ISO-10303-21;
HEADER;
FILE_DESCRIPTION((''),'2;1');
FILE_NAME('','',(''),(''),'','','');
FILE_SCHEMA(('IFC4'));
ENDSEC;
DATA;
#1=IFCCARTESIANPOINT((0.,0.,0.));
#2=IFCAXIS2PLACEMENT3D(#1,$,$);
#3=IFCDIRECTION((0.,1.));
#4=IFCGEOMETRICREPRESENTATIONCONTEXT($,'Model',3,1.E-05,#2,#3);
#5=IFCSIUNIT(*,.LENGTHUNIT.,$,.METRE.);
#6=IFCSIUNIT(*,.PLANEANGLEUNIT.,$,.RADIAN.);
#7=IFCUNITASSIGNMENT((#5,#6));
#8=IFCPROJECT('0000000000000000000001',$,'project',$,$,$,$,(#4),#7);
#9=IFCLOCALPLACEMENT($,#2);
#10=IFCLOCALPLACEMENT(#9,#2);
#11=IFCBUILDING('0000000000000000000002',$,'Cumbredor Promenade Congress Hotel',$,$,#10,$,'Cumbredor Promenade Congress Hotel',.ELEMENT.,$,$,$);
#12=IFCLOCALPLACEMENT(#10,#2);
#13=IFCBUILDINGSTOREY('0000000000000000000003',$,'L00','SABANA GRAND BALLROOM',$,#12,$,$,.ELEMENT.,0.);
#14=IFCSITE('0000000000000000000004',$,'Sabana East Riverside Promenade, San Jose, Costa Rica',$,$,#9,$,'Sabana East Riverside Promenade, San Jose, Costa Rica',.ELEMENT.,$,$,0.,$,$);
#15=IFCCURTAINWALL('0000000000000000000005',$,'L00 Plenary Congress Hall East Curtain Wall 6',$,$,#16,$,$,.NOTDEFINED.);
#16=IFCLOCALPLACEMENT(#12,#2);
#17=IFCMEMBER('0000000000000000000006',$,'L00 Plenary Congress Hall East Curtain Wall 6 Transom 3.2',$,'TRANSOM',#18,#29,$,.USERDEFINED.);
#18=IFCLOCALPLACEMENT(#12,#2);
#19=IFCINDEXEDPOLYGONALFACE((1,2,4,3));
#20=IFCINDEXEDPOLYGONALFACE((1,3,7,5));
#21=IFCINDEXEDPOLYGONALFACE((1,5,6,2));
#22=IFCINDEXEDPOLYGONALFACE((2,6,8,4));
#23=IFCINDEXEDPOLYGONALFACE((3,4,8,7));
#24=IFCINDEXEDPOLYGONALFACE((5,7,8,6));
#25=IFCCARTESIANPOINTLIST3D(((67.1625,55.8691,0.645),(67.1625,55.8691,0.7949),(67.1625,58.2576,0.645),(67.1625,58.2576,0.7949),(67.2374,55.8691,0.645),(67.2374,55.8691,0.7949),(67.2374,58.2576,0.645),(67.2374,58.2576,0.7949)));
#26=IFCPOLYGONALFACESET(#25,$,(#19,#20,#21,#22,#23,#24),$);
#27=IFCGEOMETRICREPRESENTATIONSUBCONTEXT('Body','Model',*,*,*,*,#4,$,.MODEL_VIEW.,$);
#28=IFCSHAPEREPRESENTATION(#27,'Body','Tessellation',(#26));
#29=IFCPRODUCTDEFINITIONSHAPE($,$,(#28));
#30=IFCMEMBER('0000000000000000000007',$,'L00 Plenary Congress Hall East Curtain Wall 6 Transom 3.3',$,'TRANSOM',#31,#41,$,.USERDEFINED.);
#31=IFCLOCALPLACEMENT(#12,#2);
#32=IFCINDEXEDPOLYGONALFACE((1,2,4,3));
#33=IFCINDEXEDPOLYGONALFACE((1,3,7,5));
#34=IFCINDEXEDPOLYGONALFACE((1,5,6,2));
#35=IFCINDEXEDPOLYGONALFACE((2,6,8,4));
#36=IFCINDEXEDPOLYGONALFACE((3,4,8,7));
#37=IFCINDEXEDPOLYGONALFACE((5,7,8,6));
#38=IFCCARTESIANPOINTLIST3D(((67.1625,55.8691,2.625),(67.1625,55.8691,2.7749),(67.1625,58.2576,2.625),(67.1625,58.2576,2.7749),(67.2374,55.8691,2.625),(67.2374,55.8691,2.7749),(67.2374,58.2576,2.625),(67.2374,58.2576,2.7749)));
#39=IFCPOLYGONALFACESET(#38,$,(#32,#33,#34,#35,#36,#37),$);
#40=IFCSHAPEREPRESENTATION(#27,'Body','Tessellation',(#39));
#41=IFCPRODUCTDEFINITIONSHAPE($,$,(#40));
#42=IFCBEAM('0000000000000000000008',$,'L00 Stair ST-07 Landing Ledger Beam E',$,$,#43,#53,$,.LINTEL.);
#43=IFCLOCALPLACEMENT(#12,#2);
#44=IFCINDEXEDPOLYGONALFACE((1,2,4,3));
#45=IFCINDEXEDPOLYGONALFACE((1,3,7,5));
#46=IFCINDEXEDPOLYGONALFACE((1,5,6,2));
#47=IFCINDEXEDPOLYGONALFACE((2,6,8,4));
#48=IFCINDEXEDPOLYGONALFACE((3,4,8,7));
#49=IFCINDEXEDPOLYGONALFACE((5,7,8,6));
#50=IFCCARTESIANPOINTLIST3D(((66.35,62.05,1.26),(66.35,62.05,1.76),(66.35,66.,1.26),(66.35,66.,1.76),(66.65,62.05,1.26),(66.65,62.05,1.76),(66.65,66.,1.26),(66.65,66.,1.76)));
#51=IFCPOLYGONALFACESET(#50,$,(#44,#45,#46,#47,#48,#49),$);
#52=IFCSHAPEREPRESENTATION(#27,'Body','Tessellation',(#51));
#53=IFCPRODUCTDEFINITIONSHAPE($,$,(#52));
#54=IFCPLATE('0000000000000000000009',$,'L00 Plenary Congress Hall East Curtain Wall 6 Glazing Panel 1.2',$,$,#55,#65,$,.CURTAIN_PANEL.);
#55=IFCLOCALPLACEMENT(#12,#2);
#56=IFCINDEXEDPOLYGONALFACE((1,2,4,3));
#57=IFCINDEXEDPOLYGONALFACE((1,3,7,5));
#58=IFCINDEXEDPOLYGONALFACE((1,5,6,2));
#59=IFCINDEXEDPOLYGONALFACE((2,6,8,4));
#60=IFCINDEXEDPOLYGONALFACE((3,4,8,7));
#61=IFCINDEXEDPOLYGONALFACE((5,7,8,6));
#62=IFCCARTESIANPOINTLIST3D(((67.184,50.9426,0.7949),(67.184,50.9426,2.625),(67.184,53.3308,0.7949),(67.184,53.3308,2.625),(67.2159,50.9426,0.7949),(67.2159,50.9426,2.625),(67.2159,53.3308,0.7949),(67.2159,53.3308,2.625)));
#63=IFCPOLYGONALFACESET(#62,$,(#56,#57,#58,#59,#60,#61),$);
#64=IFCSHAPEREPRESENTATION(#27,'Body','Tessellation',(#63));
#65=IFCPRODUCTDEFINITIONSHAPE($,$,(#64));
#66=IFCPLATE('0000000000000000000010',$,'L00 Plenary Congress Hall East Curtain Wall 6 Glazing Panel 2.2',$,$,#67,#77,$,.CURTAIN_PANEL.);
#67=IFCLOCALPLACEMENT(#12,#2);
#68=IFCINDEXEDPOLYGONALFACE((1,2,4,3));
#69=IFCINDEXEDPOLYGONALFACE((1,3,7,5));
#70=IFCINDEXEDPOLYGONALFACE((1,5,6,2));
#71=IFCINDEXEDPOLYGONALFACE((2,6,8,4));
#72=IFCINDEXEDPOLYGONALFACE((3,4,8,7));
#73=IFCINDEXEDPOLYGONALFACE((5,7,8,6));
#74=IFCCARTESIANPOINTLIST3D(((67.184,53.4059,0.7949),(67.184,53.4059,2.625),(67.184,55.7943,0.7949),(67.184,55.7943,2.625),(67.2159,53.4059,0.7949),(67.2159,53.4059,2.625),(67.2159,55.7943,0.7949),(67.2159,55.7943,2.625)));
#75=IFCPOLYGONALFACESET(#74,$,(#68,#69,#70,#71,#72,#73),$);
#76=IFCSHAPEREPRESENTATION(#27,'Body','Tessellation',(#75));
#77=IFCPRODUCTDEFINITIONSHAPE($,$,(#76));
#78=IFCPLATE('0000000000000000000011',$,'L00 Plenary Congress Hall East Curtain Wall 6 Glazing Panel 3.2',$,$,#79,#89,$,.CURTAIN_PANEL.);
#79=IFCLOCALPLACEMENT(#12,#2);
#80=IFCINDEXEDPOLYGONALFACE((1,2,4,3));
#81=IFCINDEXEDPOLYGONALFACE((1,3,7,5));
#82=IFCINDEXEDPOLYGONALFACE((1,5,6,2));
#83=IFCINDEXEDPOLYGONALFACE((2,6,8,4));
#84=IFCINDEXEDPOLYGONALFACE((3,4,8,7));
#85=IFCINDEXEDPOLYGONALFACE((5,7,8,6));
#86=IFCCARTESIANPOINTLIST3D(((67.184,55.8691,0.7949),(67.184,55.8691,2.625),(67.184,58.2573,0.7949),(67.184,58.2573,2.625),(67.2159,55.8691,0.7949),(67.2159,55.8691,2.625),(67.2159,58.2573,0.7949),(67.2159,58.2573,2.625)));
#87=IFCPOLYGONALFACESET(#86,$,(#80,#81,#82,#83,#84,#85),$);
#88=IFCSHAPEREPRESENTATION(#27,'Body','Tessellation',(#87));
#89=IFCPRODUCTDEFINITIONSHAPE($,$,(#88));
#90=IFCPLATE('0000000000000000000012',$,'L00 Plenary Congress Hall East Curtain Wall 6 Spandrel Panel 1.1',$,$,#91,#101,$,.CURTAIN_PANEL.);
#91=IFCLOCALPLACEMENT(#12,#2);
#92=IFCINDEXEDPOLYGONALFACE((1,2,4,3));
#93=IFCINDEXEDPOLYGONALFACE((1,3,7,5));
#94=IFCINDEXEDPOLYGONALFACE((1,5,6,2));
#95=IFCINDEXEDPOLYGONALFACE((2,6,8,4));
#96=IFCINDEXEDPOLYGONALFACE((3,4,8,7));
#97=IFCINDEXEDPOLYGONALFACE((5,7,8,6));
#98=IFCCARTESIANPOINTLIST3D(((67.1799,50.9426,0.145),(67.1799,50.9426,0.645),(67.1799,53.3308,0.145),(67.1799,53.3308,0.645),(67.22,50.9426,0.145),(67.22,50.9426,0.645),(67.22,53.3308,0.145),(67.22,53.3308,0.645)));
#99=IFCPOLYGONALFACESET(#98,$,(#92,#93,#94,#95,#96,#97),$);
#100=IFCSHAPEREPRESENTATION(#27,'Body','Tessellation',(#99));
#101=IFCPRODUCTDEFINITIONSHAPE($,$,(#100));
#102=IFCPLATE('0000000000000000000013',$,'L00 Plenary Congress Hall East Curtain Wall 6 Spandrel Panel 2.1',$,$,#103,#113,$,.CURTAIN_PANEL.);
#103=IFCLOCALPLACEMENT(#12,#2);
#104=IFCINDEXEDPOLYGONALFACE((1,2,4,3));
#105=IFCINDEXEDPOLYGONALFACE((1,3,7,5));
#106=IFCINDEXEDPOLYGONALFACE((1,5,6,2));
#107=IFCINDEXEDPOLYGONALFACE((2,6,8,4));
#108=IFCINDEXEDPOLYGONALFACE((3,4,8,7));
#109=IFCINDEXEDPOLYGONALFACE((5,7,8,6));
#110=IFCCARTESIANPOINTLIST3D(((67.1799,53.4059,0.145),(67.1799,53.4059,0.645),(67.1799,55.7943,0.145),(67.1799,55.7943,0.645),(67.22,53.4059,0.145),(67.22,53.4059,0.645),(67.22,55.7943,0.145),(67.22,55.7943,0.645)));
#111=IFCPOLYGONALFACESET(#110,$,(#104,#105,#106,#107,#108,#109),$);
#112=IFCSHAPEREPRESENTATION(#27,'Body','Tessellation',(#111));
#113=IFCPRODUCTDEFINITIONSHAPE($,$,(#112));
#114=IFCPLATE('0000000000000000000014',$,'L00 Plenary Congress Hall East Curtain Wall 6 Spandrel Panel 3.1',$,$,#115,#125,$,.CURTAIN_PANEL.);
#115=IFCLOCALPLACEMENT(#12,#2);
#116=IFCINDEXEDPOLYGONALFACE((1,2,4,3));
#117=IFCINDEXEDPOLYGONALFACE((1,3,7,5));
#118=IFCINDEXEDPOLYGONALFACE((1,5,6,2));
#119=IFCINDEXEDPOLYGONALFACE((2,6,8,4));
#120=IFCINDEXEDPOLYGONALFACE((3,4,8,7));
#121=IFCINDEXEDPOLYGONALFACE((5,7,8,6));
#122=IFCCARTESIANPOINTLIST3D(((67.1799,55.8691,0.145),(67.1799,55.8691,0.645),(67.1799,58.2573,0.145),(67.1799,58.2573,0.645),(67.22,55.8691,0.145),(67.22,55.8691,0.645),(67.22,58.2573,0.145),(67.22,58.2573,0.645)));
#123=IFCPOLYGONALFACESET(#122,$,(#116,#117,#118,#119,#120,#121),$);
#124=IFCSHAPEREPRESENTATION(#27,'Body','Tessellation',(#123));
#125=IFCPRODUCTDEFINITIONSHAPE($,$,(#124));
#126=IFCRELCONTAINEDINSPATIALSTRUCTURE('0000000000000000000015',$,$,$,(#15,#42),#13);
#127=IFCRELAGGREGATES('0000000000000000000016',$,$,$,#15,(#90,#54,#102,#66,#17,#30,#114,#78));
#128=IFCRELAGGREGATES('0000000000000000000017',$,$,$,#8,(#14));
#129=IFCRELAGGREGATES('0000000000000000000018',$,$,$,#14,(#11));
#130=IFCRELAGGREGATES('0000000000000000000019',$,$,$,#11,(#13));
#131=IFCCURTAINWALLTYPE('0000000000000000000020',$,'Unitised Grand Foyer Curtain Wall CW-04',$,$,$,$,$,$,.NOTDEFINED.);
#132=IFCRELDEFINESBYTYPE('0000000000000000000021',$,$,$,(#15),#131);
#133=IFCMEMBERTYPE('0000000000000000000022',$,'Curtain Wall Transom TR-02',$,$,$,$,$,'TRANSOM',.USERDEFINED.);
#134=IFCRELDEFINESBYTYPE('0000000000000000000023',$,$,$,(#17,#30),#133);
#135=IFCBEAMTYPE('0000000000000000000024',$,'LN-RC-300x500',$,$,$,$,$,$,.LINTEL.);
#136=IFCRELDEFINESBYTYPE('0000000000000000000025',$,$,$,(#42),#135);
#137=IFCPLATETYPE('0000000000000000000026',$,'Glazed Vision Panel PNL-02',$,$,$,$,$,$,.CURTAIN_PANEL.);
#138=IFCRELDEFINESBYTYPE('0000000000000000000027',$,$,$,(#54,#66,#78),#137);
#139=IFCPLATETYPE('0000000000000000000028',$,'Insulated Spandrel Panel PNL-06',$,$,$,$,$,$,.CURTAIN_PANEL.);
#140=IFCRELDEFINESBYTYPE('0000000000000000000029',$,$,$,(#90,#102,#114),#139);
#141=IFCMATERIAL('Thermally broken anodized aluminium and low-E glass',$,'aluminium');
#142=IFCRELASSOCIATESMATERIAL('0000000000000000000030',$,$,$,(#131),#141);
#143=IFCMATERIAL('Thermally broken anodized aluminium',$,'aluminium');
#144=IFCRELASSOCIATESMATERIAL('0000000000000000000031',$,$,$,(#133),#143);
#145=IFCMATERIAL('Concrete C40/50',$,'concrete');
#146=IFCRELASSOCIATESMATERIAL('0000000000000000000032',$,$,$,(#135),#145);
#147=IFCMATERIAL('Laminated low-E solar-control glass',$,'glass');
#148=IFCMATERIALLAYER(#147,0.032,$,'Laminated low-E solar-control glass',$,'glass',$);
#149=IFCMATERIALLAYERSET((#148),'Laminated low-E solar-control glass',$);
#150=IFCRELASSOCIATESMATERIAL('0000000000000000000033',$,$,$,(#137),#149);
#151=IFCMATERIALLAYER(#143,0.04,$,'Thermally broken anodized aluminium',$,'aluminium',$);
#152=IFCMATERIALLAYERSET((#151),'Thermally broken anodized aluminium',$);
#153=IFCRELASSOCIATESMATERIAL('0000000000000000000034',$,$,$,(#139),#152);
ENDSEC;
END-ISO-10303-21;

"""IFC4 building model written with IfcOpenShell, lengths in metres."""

from ifc_helpers import new_model, si_unit, direction, frame, origin, origin_2d, place, context, subcontext, project, spatial, rectangle, extrude, material, layer, layer_set, material_profile, profile_set, type_object, element, aggregate, save


model = new_model("IFC4")

# Units and contexts
model_context = context("Model", 3, precision=1e-05, world=origin(), true_north=direction((0.0, 1.0)))
body_context = subcontext(model_context, "Body", "Model", "MODEL_VIEW")
ifc_project = project(units=[si_unit("LENGTHUNIT", "METRE"), si_unit("PLANEANGLEUNIT", "RADIAN")], contexts=[model_context])

# Site, building, storey
site_placement = place(None, origin())
site = spatial("IfcSite", under=ifc_project, at=site_placement, Name="Sabana East Riverside Promenade, San Jose, Costa Rica", LongName="Sabana East Riverside Promenade, San Jose, Costa Rica", CompositionType="ELEMENT", RefElevation=0.0)
building_placement = place(site_placement, origin())
building = spatial("IfcBuilding", under=site, at=building_placement, Name="Cumbredor Promenade Congress Hotel", LongName="Cumbredor Promenade Congress Hotel", CompositionType="ELEMENT")
storey_placement = place(building_placement, origin())
storey = spatial("IfcBuildingStorey", under=building, at=storey_placement, Name="L00", Description="SABANA GRAND BALLROOM", CompositionType="ELEMENT", Elevation=0.0)

# Shared definitions
ifc_material_1 = material(Name="Concrete C40/50", Category="concrete")

# Shared definitions
ifc_material_2 = material(Name="Thermally broken anodized aluminium and low-E glass", Category="aluminium")
curtain_wall_type = type_object("IfcCurtainWallType", Name="Unitised Grand Foyer Curtain Wall CW-04", PredefinedType="NOTDEFINED", material=ifc_material_2)
ifc_material_3 = material(Name="Thermally broken anodized aluminium", Category="aluminium")

# Curtain wall, members
curtain_wall_1_placement = place(storey_placement, origin())
curtain_wall_1 = element("IfcCurtainWall", 1, at=curtain_wall_1_placement, inside=storey, type_object=curtain_wall_type, Name="L00 Plenary Congress Hall East Curtain Wall 6", PredefinedType="NOTDEFINED")
ifc_material_profile_1 = material_profile(ifc_material_3, rectangle(XDim=0.075, YDim=0.1499, at=origin_2d()), Name="ALU TRANSOM 75x150")
ifc_profile_set_1 = profile_set([ifc_material_profile_1], Name="Thermally broken anodized aluminium")
member_type_1 = type_object("IfcMemberType", Name="Curtain Wall Transom TR-02", ElementType="TRANSOM", PredefinedType="USERDEFINED", material=ifc_profile_set_1)
member_1_placement = place(storey_placement, frame((67.2, 55.8691, 0.72), z_axis=(0.0, 1.0, 0.0), x_axis=(-1.0, 0.0, 0.0)))
member_1 = element("IfcMember", 2, at=member_1_placement, type_object=member_type_1, Name="L00 Plenary Congress Hall East Curtain Wall 6 Transom 3.2", ObjectType="TRANSOM", PredefinedType="USERDEFINED", context=body_context, shape_type="SweptSolid", body=[
    extrude(rectangle(XDim=0.075, YDim=0.1499, at=origin_2d()), origin(), (0.0, 0.0, 1.0), 2.3884),
])
member_2_placement = place(storey_placement, frame((67.2, 55.8691, 2.7), z_axis=(0.0, 1.0, 0.0), x_axis=(-1.0, 0.0, 0.0)))
member_2 = element("IfcMember", 3, at=member_2_placement, type_object=member_type_1, Name="L00 Plenary Congress Hall East Curtain Wall 6 Transom 3.3", ObjectType="TRANSOM", PredefinedType="USERDEFINED", context=body_context, shape_type="SweptSolid", body=[
    extrude(rectangle(XDim=0.075, YDim=0.1499, at=origin_2d()), origin(), (0.0, 0.0, 1.0), 2.3884),
])

# Beam
ifc_material_profile_2 = material_profile(ifc_material_1, rectangle(XDim=0.3, YDim=0.5, at=origin_2d()), Name="RC LINTEL 300x500")
ifc_profile_set_2 = profile_set([ifc_material_profile_2], Name="Concrete C40/50")
beam_type_1 = type_object("IfcBeamType", Name="LN-RC-300x500", PredefinedType="LINTEL", material=ifc_profile_set_2)
beam_1_placement = place(storey_placement, frame((66.5, 62.05, 1.51), z_axis=(0.0, 1.0, 0.0), x_axis=(-1.0, 0.0, 0.0)))
element("IfcBeam", 4, at=beam_1_placement, inside=storey, type_object=beam_type_1, Name="L00 Stair ST-07 Landing Ledger Beam E", PredefinedType="LINTEL", context=body_context, shape_type="SweptSolid", body=[
    extrude(rectangle(XDim=0.3, YDim=0.5, at=origin_2d()), origin(), (0.0, 0.0, 1.0), 3.95),
])

# Plates
ifc_material_4 = material(Name="Laminated low-E solar-control glass", Category="glass")
ifc_layer_1 = layer(ifc_material_4, 0.032, Name="Laminated low-E solar-control glass", Category="glass")
ifc_layer_set_1 = layer_set([ifc_layer_1], Name="Laminated low-E solar-control glass")
plate_type_1 = type_object("IfcPlateType", Name="Glazed Vision Panel PNL-02", PredefinedType="CURTAIN_PANEL", material=ifc_layer_set_1)
plate_1_placement = place(storey_placement, frame((67.2, 52.1367, 0.7949), z_axis=(0.0, 0.0, 1.0), x_axis=(0.0, 1.0, 0.0)))
plate_1 = element("IfcPlate", 5, at=plate_1_placement, type_object=plate_type_1, Name="L00 Plenary Congress Hall East Curtain Wall 6 Glazing Panel 1.2", PredefinedType="CURTAIN_PANEL", context=body_context, shape_type="SweptSolid", body=[
    extrude(rectangle(XDim=2.3882, YDim=0.032, at=origin_2d()), origin(), (0.0, 0.0, 1.0), 1.8301),
])
plate_2_placement = place(storey_placement, frame((67.2, 54.6001, 0.7949), z_axis=(0.0, 0.0, 1.0), x_axis=(0.0, 1.0, 0.0)))
plate_2 = element("IfcPlate", 6, at=plate_2_placement, type_object=plate_type_1, Name="L00 Plenary Congress Hall East Curtain Wall 6 Glazing Panel 2.2", PredefinedType="CURTAIN_PANEL", context=body_context, shape_type="SweptSolid", body=[
    extrude(rectangle(XDim=2.3884, YDim=0.032, at=origin_2d()), origin(), (0.0, 0.0, 1.0), 1.8301),
])
plate_3_placement = place(storey_placement, frame((67.2, 57.0632, 0.7949), z_axis=(0.0, 0.0, 1.0), x_axis=(0.0, 1.0, 0.0)))
plate_3 = element("IfcPlate", 7, at=plate_3_placement, type_object=plate_type_1, Name="L00 Plenary Congress Hall East Curtain Wall 6 Glazing Panel 3.2", PredefinedType="CURTAIN_PANEL", context=body_context, shape_type="SweptSolid", body=[
    extrude(rectangle(XDim=2.3882, YDim=0.032, at=origin_2d()), origin(), (0.0, 0.0, 1.0), 1.8301),
])
ifc_layer_2 = layer(ifc_material_3, 0.04, Name="Thermally broken anodized aluminium", Category="aluminium")
ifc_layer_set_2 = layer_set([ifc_layer_2], Name="Thermally broken anodized aluminium")
plate_type_2 = type_object("IfcPlateType", Name="Insulated Spandrel Panel PNL-06", PredefinedType="CURTAIN_PANEL", material=ifc_layer_set_2)
plate_4_placement = place(storey_placement, frame((67.2, 52.1367, 0.145), z_axis=(0.0, 0.0, 1.0), x_axis=(0.0, 1.0, 0.0)))
plate_4 = element("IfcPlate", 8, at=plate_4_placement, type_object=plate_type_2, Name="L00 Plenary Congress Hall East Curtain Wall 6 Spandrel Panel 1.1", PredefinedType="CURTAIN_PANEL", context=body_context, shape_type="SweptSolid", body=[
    extrude(rectangle(XDim=2.3882, YDim=0.04, at=origin_2d()), origin(), (0.0, 0.0, 1.0), 0.5),
])
plate_5_placement = place(storey_placement, frame((67.2, 54.6001, 0.145), z_axis=(0.0, 0.0, 1.0), x_axis=(0.0, 1.0, 0.0)))
plate_5 = element("IfcPlate", 9, at=plate_5_placement, type_object=plate_type_2, Name="L00 Plenary Congress Hall East Curtain Wall 6 Spandrel Panel 2.1", PredefinedType="CURTAIN_PANEL", context=body_context, shape_type="SweptSolid", body=[
    extrude(rectangle(XDim=2.3884, YDim=0.04, at=origin_2d()), origin(), (0.0, 0.0, 1.0), 0.5),
])
plate_6_placement = place(storey_placement, frame((67.2, 57.0632, 0.145), z_axis=(0.0, 0.0, 1.0), x_axis=(0.0, 1.0, 0.0)))
plate_6 = element("IfcPlate", 10, at=plate_6_placement, type_object=plate_type_2, Name="L00 Plenary Congress Hall East Curtain Wall 6 Spandrel Panel 3.1", PredefinedType="CURTAIN_PANEL", context=body_context, shape_type="SweptSolid", body=[
    extrude(rectangle(XDim=2.3882, YDim=0.04, at=origin_2d()), origin(), (0.0, 0.0, 1.0), 0.5),
])
aggregate(curtain_wall_1, [plate_4, plate_1, plate_5, plate_2, member_1, member_2, plate_6, plate_3])

save(model, "model.ifc")
